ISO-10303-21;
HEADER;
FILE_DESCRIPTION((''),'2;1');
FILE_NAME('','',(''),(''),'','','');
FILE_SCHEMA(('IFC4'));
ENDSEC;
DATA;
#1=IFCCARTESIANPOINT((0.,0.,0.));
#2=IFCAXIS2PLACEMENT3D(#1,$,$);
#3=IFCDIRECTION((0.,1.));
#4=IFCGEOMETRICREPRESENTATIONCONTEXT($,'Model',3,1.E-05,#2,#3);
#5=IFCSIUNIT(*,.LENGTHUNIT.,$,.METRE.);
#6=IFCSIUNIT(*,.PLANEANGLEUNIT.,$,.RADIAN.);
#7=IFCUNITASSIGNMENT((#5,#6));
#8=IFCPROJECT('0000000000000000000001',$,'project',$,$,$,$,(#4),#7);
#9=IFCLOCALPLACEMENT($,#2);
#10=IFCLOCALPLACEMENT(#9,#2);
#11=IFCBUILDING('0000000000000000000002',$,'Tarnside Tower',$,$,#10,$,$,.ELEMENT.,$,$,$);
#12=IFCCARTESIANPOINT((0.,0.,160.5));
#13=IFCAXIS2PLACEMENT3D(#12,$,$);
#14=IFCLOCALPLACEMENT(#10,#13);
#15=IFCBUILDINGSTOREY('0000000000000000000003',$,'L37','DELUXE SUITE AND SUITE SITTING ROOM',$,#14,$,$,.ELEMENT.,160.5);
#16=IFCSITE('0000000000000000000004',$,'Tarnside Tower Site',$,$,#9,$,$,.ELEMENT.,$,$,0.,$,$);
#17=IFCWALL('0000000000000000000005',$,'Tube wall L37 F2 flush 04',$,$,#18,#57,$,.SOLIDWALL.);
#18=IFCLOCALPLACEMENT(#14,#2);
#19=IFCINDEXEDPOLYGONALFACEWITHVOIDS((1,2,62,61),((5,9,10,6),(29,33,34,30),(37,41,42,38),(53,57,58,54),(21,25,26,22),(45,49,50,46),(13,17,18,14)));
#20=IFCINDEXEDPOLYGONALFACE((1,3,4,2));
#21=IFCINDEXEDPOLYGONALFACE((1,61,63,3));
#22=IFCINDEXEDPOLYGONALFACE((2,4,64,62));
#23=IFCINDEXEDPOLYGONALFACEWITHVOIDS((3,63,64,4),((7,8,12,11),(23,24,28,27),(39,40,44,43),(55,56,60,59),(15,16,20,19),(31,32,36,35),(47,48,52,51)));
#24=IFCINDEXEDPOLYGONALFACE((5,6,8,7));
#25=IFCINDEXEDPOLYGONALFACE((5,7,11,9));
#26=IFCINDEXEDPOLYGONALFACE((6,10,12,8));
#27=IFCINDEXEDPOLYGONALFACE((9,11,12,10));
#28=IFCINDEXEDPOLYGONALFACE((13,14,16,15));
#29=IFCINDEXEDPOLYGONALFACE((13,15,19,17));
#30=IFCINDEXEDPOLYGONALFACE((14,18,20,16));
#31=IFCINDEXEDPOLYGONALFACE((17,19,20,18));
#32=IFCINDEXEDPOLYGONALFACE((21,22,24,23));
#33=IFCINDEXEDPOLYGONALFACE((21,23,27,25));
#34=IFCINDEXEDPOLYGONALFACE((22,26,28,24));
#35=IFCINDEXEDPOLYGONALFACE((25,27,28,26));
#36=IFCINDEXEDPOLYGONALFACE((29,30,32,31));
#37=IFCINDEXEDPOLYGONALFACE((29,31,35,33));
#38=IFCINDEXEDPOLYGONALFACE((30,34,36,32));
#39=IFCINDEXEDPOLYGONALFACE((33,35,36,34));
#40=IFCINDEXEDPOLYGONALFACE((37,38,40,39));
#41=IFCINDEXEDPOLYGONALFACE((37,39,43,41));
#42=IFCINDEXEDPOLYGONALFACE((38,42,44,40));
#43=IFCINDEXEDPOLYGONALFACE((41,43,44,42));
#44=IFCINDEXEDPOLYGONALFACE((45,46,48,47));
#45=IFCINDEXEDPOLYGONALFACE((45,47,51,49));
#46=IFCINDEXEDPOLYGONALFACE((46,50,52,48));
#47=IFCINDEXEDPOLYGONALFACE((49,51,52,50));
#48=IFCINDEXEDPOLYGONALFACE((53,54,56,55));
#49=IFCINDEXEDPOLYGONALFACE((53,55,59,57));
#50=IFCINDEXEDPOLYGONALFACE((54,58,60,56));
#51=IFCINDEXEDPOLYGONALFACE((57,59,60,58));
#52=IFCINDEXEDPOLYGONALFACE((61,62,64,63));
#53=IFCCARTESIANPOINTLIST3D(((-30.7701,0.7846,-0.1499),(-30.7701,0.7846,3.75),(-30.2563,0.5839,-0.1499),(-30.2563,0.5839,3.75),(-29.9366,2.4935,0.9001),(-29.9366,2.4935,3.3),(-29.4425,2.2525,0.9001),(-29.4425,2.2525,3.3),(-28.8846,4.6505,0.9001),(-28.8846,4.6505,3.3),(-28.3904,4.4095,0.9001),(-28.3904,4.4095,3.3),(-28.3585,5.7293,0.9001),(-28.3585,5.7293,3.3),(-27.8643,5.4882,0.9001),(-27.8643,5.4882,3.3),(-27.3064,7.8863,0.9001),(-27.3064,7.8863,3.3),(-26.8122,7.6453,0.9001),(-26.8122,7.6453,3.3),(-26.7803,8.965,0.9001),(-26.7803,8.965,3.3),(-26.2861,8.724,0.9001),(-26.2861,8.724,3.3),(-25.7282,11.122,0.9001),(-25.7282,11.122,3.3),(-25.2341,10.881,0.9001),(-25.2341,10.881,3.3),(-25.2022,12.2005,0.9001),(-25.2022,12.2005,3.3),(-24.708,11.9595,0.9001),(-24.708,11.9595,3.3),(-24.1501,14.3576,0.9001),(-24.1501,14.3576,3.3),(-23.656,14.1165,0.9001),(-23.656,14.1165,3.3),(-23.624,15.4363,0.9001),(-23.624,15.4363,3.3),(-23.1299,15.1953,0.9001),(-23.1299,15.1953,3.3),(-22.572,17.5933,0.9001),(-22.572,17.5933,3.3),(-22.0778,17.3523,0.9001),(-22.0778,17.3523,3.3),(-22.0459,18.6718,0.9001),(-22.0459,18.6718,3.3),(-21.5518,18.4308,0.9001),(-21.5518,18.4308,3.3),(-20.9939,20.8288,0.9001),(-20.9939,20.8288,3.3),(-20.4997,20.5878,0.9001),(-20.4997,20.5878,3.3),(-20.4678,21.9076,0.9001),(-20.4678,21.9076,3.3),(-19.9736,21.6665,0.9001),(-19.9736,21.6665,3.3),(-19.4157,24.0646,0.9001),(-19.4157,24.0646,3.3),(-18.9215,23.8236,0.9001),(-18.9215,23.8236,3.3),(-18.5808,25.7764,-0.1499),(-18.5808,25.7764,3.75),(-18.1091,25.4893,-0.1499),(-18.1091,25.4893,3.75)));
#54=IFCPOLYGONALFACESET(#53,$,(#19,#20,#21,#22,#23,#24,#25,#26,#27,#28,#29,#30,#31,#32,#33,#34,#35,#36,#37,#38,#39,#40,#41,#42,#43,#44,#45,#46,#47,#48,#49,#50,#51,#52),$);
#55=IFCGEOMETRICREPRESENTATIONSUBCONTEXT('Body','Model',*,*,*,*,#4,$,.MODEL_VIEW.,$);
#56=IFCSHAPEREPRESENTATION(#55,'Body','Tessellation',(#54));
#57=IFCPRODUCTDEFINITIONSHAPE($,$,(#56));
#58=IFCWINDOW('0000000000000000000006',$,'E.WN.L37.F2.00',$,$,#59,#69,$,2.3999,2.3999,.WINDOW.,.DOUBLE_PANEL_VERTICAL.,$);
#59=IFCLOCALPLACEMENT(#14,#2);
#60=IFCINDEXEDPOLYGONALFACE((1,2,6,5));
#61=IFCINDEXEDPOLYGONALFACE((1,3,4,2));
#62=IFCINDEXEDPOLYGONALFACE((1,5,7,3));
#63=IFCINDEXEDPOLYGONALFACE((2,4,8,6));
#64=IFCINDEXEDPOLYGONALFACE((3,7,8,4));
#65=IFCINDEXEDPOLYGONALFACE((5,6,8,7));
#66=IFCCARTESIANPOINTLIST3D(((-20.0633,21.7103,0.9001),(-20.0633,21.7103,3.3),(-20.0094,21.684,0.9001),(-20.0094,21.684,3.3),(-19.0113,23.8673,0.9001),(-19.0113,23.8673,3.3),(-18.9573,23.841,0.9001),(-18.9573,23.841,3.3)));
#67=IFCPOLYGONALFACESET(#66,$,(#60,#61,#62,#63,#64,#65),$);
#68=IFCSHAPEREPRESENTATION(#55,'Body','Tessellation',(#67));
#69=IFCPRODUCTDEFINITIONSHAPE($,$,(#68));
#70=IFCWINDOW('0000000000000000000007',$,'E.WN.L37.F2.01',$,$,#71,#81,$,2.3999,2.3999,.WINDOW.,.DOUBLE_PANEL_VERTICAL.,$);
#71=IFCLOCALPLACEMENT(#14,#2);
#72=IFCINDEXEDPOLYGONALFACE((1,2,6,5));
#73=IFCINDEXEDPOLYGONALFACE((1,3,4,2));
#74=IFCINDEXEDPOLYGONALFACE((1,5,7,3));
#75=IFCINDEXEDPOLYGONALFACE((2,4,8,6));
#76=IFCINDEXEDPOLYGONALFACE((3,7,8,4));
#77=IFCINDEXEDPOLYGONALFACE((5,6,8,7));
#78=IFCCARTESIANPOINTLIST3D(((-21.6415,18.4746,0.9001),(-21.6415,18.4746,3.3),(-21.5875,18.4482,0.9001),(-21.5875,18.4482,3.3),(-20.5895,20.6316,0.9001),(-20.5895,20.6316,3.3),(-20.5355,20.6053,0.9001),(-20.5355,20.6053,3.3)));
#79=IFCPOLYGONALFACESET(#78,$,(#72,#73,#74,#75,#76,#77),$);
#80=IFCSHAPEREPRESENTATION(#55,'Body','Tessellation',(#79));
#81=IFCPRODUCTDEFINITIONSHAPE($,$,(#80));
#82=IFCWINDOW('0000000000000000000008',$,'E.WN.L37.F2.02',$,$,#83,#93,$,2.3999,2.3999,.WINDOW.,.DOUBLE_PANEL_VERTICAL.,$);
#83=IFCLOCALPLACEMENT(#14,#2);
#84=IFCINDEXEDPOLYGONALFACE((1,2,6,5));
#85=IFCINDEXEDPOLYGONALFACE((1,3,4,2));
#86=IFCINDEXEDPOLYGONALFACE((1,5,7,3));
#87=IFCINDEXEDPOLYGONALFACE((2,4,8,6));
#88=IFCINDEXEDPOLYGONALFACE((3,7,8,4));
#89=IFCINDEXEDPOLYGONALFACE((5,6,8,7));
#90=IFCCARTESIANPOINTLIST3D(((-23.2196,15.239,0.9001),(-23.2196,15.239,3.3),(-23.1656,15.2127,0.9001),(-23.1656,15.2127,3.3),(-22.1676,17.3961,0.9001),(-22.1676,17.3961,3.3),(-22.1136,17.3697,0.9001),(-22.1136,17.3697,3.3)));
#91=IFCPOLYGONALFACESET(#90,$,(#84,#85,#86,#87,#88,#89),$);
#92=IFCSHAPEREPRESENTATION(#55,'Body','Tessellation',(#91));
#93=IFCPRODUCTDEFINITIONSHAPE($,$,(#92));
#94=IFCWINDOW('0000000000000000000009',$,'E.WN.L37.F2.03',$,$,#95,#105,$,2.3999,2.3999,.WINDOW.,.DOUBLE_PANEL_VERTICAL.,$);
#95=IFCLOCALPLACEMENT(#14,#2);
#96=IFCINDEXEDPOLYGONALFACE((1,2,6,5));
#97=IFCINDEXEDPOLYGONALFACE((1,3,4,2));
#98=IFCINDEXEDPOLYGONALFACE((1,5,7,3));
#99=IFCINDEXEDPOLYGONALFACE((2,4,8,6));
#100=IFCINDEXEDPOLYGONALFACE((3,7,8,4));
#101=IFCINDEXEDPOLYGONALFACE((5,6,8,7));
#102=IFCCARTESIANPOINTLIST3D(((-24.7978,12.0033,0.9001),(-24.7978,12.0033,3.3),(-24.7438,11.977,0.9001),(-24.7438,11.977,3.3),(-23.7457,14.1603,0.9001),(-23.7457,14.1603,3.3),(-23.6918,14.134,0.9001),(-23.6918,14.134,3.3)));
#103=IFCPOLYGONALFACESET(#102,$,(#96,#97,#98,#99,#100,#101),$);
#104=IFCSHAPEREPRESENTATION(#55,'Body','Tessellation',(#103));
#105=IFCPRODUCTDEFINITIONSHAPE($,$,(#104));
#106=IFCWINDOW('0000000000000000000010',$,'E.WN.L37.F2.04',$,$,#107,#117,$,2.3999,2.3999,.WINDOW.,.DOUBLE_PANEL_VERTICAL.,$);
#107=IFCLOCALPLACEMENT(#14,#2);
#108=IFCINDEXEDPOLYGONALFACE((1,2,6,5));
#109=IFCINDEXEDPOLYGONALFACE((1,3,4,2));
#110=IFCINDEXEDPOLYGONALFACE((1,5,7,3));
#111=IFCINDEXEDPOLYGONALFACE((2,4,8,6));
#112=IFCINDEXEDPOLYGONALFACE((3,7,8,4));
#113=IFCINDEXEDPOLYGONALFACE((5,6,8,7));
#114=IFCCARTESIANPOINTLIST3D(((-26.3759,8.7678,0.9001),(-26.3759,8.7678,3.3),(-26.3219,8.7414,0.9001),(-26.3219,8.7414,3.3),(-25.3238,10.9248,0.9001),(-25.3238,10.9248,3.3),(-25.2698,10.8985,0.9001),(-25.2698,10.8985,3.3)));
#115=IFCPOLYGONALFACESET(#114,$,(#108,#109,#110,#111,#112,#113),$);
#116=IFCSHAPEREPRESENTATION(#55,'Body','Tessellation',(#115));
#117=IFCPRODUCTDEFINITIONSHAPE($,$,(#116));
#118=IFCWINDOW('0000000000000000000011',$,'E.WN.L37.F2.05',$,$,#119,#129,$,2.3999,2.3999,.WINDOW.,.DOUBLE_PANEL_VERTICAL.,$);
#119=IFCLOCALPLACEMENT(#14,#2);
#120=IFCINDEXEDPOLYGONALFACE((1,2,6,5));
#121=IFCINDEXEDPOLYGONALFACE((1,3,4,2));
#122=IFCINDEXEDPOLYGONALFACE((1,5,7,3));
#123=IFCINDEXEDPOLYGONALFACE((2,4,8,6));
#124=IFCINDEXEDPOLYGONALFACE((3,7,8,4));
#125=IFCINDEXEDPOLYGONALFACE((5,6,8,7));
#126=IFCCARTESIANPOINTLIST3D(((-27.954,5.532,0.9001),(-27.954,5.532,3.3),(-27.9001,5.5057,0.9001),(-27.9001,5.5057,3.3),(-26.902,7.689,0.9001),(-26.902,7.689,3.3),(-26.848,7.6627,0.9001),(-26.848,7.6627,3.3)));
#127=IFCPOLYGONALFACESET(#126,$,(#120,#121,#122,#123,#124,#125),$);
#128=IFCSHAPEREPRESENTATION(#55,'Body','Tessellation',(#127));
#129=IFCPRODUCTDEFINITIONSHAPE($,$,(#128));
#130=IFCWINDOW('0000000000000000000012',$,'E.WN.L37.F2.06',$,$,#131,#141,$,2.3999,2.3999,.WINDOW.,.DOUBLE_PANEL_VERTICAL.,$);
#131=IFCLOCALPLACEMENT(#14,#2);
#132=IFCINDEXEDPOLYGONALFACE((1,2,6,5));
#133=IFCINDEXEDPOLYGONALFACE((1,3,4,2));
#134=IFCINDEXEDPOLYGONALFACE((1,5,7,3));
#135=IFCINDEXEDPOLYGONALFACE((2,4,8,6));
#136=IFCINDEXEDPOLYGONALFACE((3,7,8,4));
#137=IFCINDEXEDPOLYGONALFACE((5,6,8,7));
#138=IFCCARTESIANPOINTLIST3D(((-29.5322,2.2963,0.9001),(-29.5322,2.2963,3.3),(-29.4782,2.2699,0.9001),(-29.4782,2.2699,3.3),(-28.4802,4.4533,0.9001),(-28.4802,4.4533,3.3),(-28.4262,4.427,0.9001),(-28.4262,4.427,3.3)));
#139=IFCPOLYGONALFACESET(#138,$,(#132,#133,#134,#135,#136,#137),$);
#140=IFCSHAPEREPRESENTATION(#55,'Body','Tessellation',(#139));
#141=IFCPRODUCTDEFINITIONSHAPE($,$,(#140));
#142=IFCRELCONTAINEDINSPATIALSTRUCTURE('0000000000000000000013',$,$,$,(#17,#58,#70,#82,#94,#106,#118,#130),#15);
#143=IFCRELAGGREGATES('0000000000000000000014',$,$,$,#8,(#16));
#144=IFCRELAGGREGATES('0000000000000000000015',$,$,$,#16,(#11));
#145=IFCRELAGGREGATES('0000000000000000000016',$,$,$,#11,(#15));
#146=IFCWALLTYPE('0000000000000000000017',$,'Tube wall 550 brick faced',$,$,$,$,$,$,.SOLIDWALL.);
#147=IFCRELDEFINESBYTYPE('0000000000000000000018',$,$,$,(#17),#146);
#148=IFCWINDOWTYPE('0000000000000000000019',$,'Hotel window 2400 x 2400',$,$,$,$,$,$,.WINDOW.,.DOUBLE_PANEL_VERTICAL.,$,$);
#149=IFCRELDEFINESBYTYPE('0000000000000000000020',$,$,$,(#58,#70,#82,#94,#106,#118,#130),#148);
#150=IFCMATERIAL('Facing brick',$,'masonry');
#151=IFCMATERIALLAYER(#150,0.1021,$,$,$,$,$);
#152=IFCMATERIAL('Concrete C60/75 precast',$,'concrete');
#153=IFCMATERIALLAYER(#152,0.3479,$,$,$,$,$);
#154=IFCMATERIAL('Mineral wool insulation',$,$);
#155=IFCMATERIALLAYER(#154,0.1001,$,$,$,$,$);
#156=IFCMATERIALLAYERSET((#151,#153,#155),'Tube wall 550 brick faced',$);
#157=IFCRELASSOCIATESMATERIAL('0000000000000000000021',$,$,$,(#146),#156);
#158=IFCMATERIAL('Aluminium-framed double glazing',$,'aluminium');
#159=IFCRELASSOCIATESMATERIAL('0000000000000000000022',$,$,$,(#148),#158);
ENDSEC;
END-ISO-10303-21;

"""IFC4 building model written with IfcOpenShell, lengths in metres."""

from ifc_helpers import new_model, si_unit, direction, frame, frame_2d, origin, place, context, subcontext, project, spatial, polyline, rectangle, outline, extrude, material, layer, layer_set, type_object, element, fill, save


model = new_model("IFC4")

# Units and contexts
model_context = context("Model", 3, precision=1e-05, world=origin(), true_north=direction((0.0, 1.0)))
body_context = subcontext(model_context, "Body", "Model", "MODEL_VIEW")
ifc_project = project(units=[si_unit("LENGTHUNIT", "METRE"), si_unit("PLANEANGLEUNIT", "RADIAN")], contexts=[model_context])

# Site, building, storey
site_placement = place(None, origin())
site = spatial("IfcSite", under=ifc_project, at=site_placement, Name="Tarnside Tower Site", CompositionType="ELEMENT", RefElevation=0.0)
building_placement = place(site_placement, origin())
building = spatial("IfcBuilding", under=site, at=building_placement, Name="Tarnside Tower", CompositionType="ELEMENT")
storey_placement = place(building_placement, frame((0.0, 0.0, 160.5)))
storey = spatial("IfcBuildingStorey", under=building, at=storey_placement, Name="L37", Description="DELUXE SUITE AND SUITE SITTING ROOM", CompositionType="ELEMENT", Elevation=160.5)

# Shared definitions
ifc_material_1 = material(Name="Facing brick", Category="masonry")
ifc_layer_1 = layer(ifc_material_1, 0.1021)
ifc_material_2 = material(Name="Concrete C60/75 precast", Category="concrete")
ifc_layer_2 = layer(ifc_material_2, 0.3479)
ifc_material_3 = material(Name="Mineral wool insulation")
ifc_layer_3 = layer(ifc_material_3, 0.1001)
ifc_layer_set_1 = layer_set([ifc_layer_1, ifc_layer_2, ifc_layer_3], Name="Tube wall 550 brick faced")
wall_type_1 = type_object("IfcWallType", Name="Tube wall 550 brick faced", PredefinedType="SOLIDWALL", material=ifc_layer_set_1)

# Wall, openings, windows
wall_1_placement = place(storey_placement, frame((-18.345, 25.6328, -0.1499), z_axis=(0.0, 0.0, 1.0), x_axis=(-0.438372, -0.898794, 0.0)))
wall_1 = element("IfcWall", 1, at=wall_1_placement, inside=storey, type_object=wall_type_1, Name="Tube wall L37 F2 flush 04", PredefinedType="SOLIDWALL", context=body_context, shape_type="SweptSolid", body=[
    extrude(outline(polyline([(-0.0256, -0.2749), (27.7803, -0.2749), (27.7354, 0.2749), (0.0256, 0.2749), (-0.0256, -0.2749)])), origin(), (0.0, 0.0, 1.0), 3.8999),
])
opening_1_placement = place(wall_1_placement, frame((1.8789, 0.0, 1.05)))
opening_1 = element("IfcOpeningElement", 2, at=opening_1_placement, cuts=wall_1, PredefinedType="OPENING", context=body_context, shape_type="SweptSolid", body=[
    extrude(rectangle(XDim=2.3999, YDim=2.3999, at=frame_2d((1.2, 1.2))), frame((0.0, 0.2852, 0.0), z_axis=(0.0, -1.0, 0.0), x_axis=(1.0, 0.0, 0.0)), (0.0, 0.0, 1.0), 0.5701),
])
opening_2_placement = place(wall_1_placement, frame((5.479, 0.0, 1.05)))
opening_2 = element("IfcOpeningElement", 3, at=opening_2_placement, cuts=wall_1, PredefinedType="OPENING", context=body_context, shape_type="SweptSolid", body=[
    extrude(rectangle(XDim=2.3999, YDim=2.3999, at=frame_2d((1.2, 1.2))), frame((0.0, 0.2852, 0.0), z_axis=(0.0, -1.0, 0.0), x_axis=(1.0, 0.0, 0.0)), (0.0, 0.0, 1.0), 0.5701),
])
opening_3_placement = place(wall_1_placement, frame((9.0789, 0.0, 1.05)))
opening_3 = element("IfcOpeningElement", 4, at=opening_3_placement, cuts=wall_1, PredefinedType="OPENING", context=body_context, shape_type="SweptSolid", body=[
    extrude(rectangle(XDim=2.3999, YDim=2.3999, at=frame_2d((1.2, 1.2))), frame((0.0, 0.2852, 0.0), z_axis=(0.0, -1.0, 0.0), x_axis=(1.0, 0.0, 0.0)), (0.0, 0.0, 1.0), 0.5701),
])
opening_4_placement = place(wall_1_placement, frame((12.679, 0.0, 1.05)))
opening_4 = element("IfcOpeningElement", 5, at=opening_4_placement, cuts=wall_1, PredefinedType="OPENING", context=body_context, shape_type="SweptSolid", body=[
    extrude(rectangle(XDim=2.3999, YDim=2.3999, at=frame_2d((1.2, 1.2))), frame((0.0, 0.2852, 0.0), z_axis=(0.0, -1.0, 0.0), x_axis=(1.0, 0.0, 0.0)), (0.0, 0.0, 1.0), 0.5701),
])
opening_5_placement = place(wall_1_placement, frame((16.2788, 0.0, 1.05)))
opening_5 = element("IfcOpeningElement", 6, at=opening_5_placement, cuts=wall_1, PredefinedType="OPENING", context=body_context, shape_type="SweptSolid", body=[
    extrude(rectangle(XDim=2.3999, YDim=2.3999, at=frame_2d((1.2, 1.2))), frame((0.0, 0.2852, 0.0), z_axis=(0.0, -1.0, 0.0), x_axis=(1.0, 0.0, 0.0)), (0.0, 0.0, 1.0), 0.5701),
])
opening_6_placement = place(wall_1_placement, frame((19.8789, 0.0, 1.05)))
opening_6 = element("IfcOpeningElement", 7, at=opening_6_placement, cuts=wall_1, PredefinedType="OPENING", context=body_context, shape_type="SweptSolid", body=[
    extrude(rectangle(XDim=2.3999, YDim=2.3999, at=frame_2d((1.2, 1.2))), frame((0.0, 0.2852, 0.0), z_axis=(0.0, -1.0, 0.0), x_axis=(1.0, 0.0, 0.0)), (0.0, 0.0, 1.0), 0.5701),
])
opening_7_placement = place(wall_1_placement, frame((23.479, 0.0, 1.05)))
opening_7 = element("IfcOpeningElement", 8, at=opening_7_placement, cuts=wall_1, PredefinedType="OPENING", context=body_context, shape_type="SweptSolid", body=[
    extrude(rectangle(XDim=2.3999, YDim=2.3999, at=frame_2d((1.2, 1.2))), frame((0.0, 0.2852, 0.0), z_axis=(0.0, -1.0, 0.0), x_axis=(1.0, 0.0, 0.0)), (0.0, 0.0, 1.0), 0.5701),
])
ifc_material_4 = material(Name="Aluminium-framed double glazing", Category="aluminium")
window_type = type_object("IfcWindowType", Name="Hotel window 2400 x 2400", PartitioningType="DOUBLE_PANEL_VERTICAL", PredefinedType="WINDOW", material=ifc_material_4)
window_1_placement = place(opening_1_placement, frame((0.0, 0.2051, 0.0)))
window_1 = element("IfcWindow", 9, at=window_1_placement, inside=storey, type_object=window_type, Name="E.WN.L37.F2.00", OverallHeight=2.3999, OverallWidth=2.3999, PartitioningType="DOUBLE_PANEL_VERTICAL", PredefinedType="WINDOW", context=body_context, shape_type="SweptSolid", body=[
    extrude(rectangle(XDim=2.3999, YDim=2.3999, at=frame_2d((1.2, 1.2))), frame((0.0, 0.03, 0.0), z_axis=(0.0, -1.0, 0.0), x_axis=(1.0, 0.0, 0.0)), (0.0, 0.0, 1.0), 0.0601),
])
fill(opening_1, window_1)
window_2_placement = place(opening_2_placement, frame((0.0, 0.2051, 0.0)))
window_2 = element("IfcWindow", 10, at=window_2_placement, inside=storey, type_object=window_type, Name="E.WN.L37.F2.01", OverallHeight=2.3999, OverallWidth=2.3999, PartitioningType="DOUBLE_PANEL_VERTICAL", PredefinedType="WINDOW", context=body_context, shape_type="SweptSolid", body=[
    extrude(rectangle(XDim=2.3999, YDim=2.3999, at=frame_2d((1.2, 1.2))), frame((0.0, 0.03, 0.0), z_axis=(0.0, -1.0, 0.0), x_axis=(1.0, 0.0, 0.0)), (0.0, 0.0, 1.0), 0.0601),
])
fill(opening_2, window_2)
window_3_placement = place(opening_3_placement, frame((0.0, 0.2051, 0.0)))
window_3 = element("IfcWindow", 11, at=window_3_placement, inside=storey, type_object=window_type, Name="E.WN.L37.F2.02", OverallHeight=2.3999, OverallWidth=2.3999, PartitioningType="DOUBLE_PANEL_VERTICAL", PredefinedType="WINDOW", context=body_context, shape_type="SweptSolid", body=[
    extrude(rectangle(XDim=2.3999, YDim=2.3999, at=frame_2d((1.2, 1.2))), frame((0.0, 0.03, 0.0), z_axis=(0.0, -1.0, 0.0), x_axis=(1.0, 0.0, 0.0)), (0.0, 0.0, 1.0), 0.0601),
])
fill(opening_3, window_3)
window_4_placement = place(opening_4_placement, frame((0.0, 0.2051, 0.0)))
window_4 = element("IfcWindow", 12, at=window_4_placement, inside=storey, type_object=window_type, Name="E.WN.L37.F2.03", OverallHeight=2.3999, OverallWidth=2.3999, PartitioningType="DOUBLE_PANEL_VERTICAL", PredefinedType="WINDOW", context=body_context, shape_type="SweptSolid", body=[
    extrude(rectangle(XDim=2.3999, YDim=2.3999, at=frame_2d((1.2, 1.2))), frame((0.0, 0.03, 0.0), z_axis=(0.0, -1.0, 0.0), x_axis=(1.0, 0.0, 0.0)), (0.0, 0.0, 1.0), 0.0601),
])
fill(opening_4, window_4)
window_5_placement = place(opening_5_placement, frame((0.0, 0.2051, 0.0)))
window_5 = element("IfcWindow", 13, at=window_5_placement, inside=storey, type_object=window_type, Name="E.WN.L37.F2.04", OverallHeight=2.3999, OverallWidth=2.3999, PartitioningType="DOUBLE_PANEL_VERTICAL", PredefinedType="WINDOW", context=body_context, shape_type="SweptSolid", body=[
    extrude(rectangle(XDim=2.3999, YDim=2.3999, at=frame_2d((1.2, 1.2))), frame((0.0, 0.03, 0.0), z_axis=(0.0, -1.0, 0.0), x_axis=(1.0, 0.0, 0.0)), (0.0, 0.0, 1.0), 0.0601),
])
fill(opening_5, window_5)
window_6_placement = place(opening_6_placement, frame((0.0, 0.2051, 0.0)))
window_6 = element("IfcWindow", 14, at=window_6_placement, inside=storey, type_object=window_type, Name="E.WN.L37.F2.05", OverallHeight=2.3999, OverallWidth=2.3999, PartitioningType="DOUBLE_PANEL_VERTICAL", PredefinedType="WINDOW", context=body_context, shape_type="SweptSolid", body=[
    extrude(rectangle(XDim=2.3999, YDim=2.3999, at=frame_2d((1.2, 1.2))), frame((0.0, 0.03, 0.0), z_axis=(0.0, -1.0, 0.0), x_axis=(1.0, 0.0, 0.0)), (0.0, 0.0, 1.0), 0.0601),
])
fill(opening_6, window_6)
window_7_placement = place(opening_7_placement, frame((0.0, 0.2051, 0.0)))
window_7 = element("IfcWindow", 15, at=window_7_placement, inside=storey, type_object=window_type, Name="E.WN.L37.F2.06", OverallHeight=2.3999, OverallWidth=2.3999, PartitioningType="DOUBLE_PANEL_VERTICAL", PredefinedType="WINDOW", context=body_context, shape_type="SweptSolid", body=[
    extrude(rectangle(XDim=2.3999, YDim=2.3999, at=frame_2d((1.2, 1.2))), frame((0.0, 0.03, 0.0), z_axis=(0.0, -1.0, 0.0), x_axis=(1.0, 0.0, 0.0)), (0.0, 0.0, 1.0), 0.0601),
])
fill(opening_7, window_7)

save(model, "model.ifc")
